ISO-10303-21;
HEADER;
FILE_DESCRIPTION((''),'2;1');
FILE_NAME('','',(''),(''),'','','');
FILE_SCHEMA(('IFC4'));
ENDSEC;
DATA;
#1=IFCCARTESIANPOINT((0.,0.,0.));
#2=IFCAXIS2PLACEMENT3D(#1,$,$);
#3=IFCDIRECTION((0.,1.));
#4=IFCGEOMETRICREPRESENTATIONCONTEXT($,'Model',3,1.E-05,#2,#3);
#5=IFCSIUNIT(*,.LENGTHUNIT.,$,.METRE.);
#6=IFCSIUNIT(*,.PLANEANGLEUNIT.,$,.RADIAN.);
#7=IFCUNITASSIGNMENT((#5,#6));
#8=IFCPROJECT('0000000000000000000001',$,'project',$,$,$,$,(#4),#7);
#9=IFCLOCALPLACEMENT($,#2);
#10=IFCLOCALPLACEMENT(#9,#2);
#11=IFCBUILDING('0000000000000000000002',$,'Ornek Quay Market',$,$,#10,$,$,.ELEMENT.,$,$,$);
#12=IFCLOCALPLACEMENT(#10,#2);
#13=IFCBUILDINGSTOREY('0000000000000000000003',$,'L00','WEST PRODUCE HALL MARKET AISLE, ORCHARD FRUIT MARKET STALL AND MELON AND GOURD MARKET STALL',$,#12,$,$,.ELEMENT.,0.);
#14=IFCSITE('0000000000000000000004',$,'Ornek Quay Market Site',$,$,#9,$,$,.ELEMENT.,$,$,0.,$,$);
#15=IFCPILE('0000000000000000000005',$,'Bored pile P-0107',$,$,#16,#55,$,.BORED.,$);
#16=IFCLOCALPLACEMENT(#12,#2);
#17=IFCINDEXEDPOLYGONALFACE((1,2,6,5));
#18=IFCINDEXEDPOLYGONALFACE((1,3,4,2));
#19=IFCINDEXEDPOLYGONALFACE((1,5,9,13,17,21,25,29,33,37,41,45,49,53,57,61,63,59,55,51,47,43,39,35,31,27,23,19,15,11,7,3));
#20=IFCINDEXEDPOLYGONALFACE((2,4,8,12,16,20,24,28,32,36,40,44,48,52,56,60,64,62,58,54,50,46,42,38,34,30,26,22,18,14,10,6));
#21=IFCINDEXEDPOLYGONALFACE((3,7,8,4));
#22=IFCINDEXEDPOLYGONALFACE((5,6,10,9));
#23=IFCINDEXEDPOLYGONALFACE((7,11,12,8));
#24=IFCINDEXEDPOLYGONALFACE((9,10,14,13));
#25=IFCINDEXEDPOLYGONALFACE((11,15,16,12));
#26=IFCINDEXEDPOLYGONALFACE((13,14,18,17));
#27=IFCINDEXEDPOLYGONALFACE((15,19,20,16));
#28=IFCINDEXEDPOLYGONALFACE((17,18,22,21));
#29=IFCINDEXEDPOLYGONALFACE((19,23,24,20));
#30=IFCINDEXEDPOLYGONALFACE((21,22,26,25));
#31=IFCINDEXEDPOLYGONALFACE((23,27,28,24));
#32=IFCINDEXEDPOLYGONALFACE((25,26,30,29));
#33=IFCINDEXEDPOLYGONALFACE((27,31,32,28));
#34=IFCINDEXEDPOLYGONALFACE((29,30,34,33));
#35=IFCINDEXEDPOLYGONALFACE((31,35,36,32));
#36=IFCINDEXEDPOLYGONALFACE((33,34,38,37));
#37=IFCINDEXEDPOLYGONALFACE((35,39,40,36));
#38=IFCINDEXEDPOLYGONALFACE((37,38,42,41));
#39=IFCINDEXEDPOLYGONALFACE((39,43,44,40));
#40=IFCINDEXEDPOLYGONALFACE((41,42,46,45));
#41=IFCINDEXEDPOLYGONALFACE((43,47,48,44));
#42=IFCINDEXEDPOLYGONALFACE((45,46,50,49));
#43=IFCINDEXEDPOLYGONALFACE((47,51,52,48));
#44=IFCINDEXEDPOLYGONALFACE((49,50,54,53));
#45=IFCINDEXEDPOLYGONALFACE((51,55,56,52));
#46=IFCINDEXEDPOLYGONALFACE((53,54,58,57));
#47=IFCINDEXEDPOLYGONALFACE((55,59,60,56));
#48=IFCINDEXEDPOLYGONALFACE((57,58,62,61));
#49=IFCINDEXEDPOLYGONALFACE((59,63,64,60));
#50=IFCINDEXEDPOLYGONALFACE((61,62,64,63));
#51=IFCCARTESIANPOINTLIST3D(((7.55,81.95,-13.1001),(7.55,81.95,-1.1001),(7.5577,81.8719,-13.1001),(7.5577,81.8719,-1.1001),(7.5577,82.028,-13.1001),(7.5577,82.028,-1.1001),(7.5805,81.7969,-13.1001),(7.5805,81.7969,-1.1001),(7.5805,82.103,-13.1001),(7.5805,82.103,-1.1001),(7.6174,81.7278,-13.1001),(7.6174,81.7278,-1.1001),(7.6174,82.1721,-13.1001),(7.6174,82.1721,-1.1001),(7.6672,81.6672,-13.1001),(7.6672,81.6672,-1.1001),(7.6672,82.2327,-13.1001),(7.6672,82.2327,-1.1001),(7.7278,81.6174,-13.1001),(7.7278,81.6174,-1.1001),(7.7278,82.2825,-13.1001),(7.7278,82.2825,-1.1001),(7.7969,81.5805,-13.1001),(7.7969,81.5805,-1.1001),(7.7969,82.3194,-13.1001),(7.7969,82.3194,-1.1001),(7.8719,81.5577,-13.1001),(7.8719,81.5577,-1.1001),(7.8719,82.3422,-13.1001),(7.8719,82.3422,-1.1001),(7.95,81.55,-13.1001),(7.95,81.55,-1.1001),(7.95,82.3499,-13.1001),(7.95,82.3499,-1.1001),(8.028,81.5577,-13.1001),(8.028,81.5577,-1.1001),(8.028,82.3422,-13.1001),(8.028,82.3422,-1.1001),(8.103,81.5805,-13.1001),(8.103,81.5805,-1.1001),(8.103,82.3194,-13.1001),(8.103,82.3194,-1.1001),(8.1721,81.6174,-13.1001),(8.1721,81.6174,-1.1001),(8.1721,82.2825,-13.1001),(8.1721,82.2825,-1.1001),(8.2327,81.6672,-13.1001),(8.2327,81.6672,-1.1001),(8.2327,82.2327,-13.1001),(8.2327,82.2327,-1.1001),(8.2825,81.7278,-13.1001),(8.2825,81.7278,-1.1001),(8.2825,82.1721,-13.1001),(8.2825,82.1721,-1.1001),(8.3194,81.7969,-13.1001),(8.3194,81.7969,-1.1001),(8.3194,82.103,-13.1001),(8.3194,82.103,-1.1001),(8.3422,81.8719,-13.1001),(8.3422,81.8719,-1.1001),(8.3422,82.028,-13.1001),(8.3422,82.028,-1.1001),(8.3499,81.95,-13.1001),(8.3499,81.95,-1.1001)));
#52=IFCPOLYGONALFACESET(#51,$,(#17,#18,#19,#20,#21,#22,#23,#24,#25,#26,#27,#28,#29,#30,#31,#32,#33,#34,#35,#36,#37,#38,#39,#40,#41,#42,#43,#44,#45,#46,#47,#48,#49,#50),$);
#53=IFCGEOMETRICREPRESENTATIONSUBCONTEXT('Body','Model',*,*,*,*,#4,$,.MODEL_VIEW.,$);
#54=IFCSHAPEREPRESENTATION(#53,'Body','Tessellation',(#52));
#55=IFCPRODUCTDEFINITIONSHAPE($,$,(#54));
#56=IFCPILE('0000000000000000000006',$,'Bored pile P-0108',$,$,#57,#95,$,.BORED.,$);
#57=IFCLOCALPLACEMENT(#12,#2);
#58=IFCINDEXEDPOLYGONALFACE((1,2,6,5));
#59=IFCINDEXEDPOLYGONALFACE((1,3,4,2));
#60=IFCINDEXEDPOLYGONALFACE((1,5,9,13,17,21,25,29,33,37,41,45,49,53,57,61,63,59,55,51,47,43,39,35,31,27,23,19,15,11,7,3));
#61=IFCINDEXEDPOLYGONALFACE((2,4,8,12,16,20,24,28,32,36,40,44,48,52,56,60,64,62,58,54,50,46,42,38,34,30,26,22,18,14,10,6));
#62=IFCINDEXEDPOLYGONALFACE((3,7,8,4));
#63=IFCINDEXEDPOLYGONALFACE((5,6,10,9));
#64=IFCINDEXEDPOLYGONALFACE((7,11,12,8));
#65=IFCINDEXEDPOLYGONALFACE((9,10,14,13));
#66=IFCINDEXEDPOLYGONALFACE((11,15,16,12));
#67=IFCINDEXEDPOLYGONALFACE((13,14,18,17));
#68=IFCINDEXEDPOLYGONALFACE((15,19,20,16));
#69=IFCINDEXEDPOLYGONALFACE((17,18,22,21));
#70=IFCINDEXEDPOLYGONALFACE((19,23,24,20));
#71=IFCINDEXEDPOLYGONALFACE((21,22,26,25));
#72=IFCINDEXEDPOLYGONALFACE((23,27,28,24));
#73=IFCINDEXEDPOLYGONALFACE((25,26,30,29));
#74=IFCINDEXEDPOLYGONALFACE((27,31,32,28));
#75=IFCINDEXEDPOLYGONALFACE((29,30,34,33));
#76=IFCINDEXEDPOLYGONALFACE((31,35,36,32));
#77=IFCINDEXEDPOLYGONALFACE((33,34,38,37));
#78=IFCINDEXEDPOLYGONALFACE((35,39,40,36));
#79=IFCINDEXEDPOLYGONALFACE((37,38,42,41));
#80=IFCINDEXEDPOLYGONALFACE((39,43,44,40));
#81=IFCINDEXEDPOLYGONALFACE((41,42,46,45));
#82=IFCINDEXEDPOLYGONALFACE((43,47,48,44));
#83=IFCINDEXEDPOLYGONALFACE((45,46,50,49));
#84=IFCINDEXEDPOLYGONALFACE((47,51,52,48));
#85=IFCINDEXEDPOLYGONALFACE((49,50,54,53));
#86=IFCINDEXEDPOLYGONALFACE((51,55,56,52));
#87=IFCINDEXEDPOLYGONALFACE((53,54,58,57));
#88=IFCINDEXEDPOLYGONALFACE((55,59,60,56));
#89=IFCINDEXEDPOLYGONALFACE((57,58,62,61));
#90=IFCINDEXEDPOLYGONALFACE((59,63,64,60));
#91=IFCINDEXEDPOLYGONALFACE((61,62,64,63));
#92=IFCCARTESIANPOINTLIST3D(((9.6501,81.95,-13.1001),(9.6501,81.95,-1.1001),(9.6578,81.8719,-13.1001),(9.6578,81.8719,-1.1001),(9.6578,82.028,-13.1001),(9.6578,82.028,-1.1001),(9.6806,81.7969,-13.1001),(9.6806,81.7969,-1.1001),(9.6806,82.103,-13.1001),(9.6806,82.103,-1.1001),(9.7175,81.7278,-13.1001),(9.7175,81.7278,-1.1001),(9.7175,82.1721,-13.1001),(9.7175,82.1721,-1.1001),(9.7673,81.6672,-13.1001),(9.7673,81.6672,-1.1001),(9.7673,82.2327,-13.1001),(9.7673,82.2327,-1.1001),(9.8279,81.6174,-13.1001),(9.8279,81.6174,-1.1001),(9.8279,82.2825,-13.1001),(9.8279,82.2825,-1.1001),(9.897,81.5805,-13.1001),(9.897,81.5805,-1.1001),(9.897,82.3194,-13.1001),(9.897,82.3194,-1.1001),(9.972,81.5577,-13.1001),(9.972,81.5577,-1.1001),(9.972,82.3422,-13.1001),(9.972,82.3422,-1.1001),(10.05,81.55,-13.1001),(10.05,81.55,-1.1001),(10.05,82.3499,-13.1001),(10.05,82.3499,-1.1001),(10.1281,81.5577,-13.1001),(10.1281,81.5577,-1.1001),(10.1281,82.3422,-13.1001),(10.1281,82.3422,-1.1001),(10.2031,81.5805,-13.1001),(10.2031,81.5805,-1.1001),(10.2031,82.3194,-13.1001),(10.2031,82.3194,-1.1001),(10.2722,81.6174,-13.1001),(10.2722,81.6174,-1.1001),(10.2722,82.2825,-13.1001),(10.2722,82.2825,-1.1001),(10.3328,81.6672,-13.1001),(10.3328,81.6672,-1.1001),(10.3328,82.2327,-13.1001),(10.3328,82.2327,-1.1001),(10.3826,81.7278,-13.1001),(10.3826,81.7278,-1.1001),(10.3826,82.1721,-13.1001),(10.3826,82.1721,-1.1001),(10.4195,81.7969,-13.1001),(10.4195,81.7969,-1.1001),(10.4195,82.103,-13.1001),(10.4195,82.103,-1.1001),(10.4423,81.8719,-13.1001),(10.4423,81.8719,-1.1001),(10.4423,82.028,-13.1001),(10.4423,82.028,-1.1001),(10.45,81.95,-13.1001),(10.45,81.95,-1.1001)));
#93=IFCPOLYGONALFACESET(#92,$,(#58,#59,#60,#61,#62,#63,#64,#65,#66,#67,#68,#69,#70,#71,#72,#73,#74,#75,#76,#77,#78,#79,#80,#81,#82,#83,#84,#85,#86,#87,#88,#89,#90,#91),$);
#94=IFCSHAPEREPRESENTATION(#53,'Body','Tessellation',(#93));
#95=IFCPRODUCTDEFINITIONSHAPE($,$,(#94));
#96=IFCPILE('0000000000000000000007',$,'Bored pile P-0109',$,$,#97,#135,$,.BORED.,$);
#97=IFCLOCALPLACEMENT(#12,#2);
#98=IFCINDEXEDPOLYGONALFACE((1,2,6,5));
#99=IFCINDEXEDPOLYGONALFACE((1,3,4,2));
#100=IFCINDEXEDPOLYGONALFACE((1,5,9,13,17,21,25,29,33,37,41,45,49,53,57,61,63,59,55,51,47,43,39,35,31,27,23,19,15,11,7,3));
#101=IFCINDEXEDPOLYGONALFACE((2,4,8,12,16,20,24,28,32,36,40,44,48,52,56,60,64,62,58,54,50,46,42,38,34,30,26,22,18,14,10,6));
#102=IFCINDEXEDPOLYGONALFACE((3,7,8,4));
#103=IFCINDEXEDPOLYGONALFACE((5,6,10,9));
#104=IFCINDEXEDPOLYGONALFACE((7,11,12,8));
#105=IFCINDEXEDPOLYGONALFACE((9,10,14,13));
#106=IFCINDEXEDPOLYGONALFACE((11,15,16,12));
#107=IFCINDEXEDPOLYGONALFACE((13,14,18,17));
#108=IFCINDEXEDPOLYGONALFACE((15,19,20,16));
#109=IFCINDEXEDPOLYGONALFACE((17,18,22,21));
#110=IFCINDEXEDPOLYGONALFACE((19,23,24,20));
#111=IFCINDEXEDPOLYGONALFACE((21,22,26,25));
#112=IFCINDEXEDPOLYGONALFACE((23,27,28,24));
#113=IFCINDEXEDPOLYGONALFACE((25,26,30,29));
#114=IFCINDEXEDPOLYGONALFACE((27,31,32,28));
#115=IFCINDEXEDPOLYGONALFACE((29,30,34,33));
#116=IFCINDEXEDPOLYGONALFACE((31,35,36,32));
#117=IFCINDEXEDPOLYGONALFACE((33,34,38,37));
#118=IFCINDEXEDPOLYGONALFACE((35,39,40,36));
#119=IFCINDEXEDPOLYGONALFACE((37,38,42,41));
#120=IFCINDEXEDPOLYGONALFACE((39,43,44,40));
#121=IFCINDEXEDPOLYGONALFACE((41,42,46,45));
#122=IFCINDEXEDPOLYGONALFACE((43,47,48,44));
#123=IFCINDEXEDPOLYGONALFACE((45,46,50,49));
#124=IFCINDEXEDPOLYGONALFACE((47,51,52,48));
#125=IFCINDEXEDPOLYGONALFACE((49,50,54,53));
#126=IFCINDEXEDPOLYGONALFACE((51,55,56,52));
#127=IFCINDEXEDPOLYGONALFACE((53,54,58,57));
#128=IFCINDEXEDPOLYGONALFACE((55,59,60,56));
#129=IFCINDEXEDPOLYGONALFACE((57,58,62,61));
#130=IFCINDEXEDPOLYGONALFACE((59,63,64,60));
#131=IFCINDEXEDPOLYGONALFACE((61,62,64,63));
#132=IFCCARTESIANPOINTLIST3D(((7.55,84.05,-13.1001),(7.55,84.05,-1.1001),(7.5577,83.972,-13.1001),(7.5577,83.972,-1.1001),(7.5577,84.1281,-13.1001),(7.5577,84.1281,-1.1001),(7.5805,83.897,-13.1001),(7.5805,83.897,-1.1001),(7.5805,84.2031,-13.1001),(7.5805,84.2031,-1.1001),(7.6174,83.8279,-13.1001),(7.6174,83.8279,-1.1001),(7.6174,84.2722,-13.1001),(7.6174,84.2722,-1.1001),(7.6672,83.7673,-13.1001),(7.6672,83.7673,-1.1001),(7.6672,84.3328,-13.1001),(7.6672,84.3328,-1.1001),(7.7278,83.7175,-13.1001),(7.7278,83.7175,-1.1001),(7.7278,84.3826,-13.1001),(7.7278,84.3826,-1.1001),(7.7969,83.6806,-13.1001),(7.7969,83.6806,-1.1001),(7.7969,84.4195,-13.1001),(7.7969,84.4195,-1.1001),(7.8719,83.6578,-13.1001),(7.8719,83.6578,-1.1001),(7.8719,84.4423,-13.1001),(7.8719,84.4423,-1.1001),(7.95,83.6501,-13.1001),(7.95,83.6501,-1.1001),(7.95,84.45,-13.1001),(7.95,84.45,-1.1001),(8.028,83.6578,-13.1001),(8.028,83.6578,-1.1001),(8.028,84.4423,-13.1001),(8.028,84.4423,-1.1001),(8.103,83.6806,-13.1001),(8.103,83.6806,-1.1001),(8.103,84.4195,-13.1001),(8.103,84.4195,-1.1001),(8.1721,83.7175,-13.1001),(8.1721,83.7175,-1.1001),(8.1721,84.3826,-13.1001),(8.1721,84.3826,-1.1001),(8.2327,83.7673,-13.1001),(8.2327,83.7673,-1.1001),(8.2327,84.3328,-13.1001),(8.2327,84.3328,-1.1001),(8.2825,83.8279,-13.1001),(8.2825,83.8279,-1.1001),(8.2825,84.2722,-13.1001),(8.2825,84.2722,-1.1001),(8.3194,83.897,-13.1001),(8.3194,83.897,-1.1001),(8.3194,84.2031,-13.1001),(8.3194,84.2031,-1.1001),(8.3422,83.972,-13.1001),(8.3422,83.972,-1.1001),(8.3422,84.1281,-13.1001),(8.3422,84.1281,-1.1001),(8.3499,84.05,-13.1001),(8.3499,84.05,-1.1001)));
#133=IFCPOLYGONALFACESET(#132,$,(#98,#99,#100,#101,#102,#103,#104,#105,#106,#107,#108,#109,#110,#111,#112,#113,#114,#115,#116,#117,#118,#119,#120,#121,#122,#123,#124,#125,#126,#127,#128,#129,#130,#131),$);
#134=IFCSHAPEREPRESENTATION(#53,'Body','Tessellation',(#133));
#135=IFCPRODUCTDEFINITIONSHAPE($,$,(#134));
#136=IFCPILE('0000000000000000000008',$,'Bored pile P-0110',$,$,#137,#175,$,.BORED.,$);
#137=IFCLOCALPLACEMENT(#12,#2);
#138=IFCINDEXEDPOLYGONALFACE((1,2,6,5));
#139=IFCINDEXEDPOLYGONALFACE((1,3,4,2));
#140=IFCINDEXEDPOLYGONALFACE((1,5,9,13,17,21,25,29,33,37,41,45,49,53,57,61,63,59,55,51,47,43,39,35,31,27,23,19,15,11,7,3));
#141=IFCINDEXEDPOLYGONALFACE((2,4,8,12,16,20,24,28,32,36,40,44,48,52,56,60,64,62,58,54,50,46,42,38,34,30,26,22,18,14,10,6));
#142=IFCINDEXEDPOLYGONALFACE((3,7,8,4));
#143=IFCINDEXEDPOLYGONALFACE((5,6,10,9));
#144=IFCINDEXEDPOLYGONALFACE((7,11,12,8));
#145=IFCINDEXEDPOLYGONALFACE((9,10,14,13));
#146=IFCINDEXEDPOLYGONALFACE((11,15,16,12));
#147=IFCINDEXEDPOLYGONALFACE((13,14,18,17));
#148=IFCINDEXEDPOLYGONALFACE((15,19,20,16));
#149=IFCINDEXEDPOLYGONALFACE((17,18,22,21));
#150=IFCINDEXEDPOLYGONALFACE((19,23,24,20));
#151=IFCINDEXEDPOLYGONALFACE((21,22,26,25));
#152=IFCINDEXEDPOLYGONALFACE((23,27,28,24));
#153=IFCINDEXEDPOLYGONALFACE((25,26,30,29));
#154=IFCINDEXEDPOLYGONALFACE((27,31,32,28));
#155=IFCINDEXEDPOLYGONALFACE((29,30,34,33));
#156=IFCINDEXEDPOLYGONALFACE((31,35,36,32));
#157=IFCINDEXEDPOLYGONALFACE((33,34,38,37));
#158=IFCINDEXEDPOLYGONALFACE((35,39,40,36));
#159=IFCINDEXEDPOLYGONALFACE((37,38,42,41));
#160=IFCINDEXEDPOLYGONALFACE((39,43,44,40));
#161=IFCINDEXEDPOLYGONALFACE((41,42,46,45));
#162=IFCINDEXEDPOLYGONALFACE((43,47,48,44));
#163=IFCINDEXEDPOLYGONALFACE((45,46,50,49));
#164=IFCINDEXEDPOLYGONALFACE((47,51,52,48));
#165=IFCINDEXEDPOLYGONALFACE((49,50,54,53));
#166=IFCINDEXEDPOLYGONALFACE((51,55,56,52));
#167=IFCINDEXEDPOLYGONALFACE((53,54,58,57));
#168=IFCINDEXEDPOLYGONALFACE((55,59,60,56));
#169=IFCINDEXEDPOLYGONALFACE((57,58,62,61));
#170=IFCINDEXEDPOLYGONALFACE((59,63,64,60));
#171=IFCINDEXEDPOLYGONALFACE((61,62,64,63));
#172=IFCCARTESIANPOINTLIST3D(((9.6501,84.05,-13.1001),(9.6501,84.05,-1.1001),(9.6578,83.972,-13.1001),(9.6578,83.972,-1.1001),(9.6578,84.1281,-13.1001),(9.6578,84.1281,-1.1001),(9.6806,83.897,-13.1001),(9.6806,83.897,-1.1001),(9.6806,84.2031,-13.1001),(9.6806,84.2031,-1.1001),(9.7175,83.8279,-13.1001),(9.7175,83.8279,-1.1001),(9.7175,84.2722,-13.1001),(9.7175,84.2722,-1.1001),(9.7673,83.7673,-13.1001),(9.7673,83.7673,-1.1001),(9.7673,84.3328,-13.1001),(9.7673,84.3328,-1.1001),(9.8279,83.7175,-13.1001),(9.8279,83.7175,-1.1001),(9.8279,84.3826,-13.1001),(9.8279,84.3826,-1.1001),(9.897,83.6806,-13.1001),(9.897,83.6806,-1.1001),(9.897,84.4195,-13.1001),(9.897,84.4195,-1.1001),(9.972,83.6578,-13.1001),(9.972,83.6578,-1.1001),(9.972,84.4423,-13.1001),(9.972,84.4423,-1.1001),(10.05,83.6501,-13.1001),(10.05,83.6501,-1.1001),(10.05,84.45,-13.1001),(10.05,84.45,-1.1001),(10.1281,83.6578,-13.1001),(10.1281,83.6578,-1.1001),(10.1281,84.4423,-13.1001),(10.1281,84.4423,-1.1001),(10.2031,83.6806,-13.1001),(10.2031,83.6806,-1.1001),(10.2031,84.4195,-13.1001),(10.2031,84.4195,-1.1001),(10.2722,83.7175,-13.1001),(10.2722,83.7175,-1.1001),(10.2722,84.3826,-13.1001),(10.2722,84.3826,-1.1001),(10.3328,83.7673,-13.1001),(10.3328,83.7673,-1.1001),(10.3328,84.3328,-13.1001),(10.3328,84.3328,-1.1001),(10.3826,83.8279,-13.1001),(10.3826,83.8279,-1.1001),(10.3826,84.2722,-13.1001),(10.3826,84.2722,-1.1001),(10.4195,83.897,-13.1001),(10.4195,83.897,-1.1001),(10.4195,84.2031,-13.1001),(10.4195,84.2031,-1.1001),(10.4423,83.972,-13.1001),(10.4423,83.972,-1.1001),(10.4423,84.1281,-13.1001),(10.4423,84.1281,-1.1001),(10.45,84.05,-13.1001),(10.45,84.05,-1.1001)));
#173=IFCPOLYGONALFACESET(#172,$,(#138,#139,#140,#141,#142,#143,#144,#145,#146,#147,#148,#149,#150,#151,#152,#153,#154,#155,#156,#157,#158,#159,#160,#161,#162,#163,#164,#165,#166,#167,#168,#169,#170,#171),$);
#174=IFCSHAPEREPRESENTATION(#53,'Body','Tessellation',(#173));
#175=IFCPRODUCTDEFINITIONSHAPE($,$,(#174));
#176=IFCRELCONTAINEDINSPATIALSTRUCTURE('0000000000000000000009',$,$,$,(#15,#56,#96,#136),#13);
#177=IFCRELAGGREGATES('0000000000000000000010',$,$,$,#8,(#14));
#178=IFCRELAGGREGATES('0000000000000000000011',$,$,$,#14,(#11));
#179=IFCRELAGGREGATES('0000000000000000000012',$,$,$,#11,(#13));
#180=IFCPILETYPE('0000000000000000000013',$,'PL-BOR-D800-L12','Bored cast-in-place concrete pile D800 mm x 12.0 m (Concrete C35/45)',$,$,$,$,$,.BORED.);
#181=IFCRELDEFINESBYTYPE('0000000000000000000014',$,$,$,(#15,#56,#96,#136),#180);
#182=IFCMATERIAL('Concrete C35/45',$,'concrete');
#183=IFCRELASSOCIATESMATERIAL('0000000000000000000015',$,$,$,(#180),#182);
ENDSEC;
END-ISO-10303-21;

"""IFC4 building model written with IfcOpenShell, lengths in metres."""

from ifc_helpers import new_model, si_unit, direction, frame, origin, origin_2d, place, context, subcontext, project, spatial, circle, extrude, material, material_profile, profile_set, type_object, element, save


model = new_model("IFC4")

# Units and contexts
model_context = context("Model", 3, precision=1e-05, world=origin(), true_north=direction((0.0, 1.0)))
body_context = subcontext(model_context, "Body", "Model", "MODEL_VIEW")
ifc_project = project(units=[si_unit("LENGTHUNIT", "METRE"), si_unit("PLANEANGLEUNIT", "RADIAN")], contexts=[model_context])

# Site, building, storey
site_placement = place(None, origin())
site = spatial("IfcSite", under=ifc_project, at=site_placement, Name="Ornek Quay Market Site", CompositionType="ELEMENT", RefElevation=0.0)
building_placement = place(site_placement, origin())
building = spatial("IfcBuilding", under=site, at=building_placement, Name="Ornek Quay Market", CompositionType="ELEMENT")
storey_placement = place(building_placement, origin())
storey = spatial("IfcBuildingStorey", under=building, at=storey_placement, Name="L00", Description="WEST PRODUCE HALL MARKET AISLE, ORCHARD FRUIT MARKET STALL AND MELON AND GOURD MARKET STALL", CompositionType="ELEMENT", Elevation=0.0)

# Piles
ifc_material_1 = material(Name="Concrete C35/45", Category="concrete")
ifc_material_profile_1 = material_profile(ifc_material_1, circle(Radius=0.3999, at=origin_2d()), Name="PILE D800", Category="concrete")
ifc_profile_set_1 = profile_set([ifc_material_profile_1], Name="Concrete C35/45")
pile_type_1 = type_object("IfcPileType", Name="PL-BOR-D800-L12", Description="Bored cast-in-place concrete pile D800 mm x 12.0 m (Concrete C35/45)", PredefinedType="BORED", material=ifc_profile_set_1)
for number, where, z_axis, x_axis, name in (
    (1, (7.95, 81.95, -1.1001), (0.0, 0.0, -1.0), (1.0, 0.0, 0.0), "Bored pile P-0107"),
    (2, (10.05, 81.95, -1.1001), (0.0, 0.0, -1.0), (1.0, 0.0, 0.0), "Bored pile P-0108"),
    (3, (7.95, 84.05, -1.1001), (0.0, 0.0, -1.0), (1.0, 0.0, 0.0), "Bored pile P-0109"),
    (4, (10.05, 84.05, -1.1001), (0.0, 0.0, -1.0), (1.0, 0.0, 0.0), "Bored pile P-0110"),
):
    element("IfcPile", number, at=place(storey_placement, frame(where, z_axis=z_axis, x_axis=x_axis)), inside=storey, type_object=pile_type_1, Name=name, PredefinedType="BORED", context=body_context, shape_type="SweptSolid", body=[
        extrude(circle(Radius=0.3999, at=origin_2d()), origin(), (0.0, 0.0, 1.0), 12.0),
    ])

save(model, "model.ifc")
